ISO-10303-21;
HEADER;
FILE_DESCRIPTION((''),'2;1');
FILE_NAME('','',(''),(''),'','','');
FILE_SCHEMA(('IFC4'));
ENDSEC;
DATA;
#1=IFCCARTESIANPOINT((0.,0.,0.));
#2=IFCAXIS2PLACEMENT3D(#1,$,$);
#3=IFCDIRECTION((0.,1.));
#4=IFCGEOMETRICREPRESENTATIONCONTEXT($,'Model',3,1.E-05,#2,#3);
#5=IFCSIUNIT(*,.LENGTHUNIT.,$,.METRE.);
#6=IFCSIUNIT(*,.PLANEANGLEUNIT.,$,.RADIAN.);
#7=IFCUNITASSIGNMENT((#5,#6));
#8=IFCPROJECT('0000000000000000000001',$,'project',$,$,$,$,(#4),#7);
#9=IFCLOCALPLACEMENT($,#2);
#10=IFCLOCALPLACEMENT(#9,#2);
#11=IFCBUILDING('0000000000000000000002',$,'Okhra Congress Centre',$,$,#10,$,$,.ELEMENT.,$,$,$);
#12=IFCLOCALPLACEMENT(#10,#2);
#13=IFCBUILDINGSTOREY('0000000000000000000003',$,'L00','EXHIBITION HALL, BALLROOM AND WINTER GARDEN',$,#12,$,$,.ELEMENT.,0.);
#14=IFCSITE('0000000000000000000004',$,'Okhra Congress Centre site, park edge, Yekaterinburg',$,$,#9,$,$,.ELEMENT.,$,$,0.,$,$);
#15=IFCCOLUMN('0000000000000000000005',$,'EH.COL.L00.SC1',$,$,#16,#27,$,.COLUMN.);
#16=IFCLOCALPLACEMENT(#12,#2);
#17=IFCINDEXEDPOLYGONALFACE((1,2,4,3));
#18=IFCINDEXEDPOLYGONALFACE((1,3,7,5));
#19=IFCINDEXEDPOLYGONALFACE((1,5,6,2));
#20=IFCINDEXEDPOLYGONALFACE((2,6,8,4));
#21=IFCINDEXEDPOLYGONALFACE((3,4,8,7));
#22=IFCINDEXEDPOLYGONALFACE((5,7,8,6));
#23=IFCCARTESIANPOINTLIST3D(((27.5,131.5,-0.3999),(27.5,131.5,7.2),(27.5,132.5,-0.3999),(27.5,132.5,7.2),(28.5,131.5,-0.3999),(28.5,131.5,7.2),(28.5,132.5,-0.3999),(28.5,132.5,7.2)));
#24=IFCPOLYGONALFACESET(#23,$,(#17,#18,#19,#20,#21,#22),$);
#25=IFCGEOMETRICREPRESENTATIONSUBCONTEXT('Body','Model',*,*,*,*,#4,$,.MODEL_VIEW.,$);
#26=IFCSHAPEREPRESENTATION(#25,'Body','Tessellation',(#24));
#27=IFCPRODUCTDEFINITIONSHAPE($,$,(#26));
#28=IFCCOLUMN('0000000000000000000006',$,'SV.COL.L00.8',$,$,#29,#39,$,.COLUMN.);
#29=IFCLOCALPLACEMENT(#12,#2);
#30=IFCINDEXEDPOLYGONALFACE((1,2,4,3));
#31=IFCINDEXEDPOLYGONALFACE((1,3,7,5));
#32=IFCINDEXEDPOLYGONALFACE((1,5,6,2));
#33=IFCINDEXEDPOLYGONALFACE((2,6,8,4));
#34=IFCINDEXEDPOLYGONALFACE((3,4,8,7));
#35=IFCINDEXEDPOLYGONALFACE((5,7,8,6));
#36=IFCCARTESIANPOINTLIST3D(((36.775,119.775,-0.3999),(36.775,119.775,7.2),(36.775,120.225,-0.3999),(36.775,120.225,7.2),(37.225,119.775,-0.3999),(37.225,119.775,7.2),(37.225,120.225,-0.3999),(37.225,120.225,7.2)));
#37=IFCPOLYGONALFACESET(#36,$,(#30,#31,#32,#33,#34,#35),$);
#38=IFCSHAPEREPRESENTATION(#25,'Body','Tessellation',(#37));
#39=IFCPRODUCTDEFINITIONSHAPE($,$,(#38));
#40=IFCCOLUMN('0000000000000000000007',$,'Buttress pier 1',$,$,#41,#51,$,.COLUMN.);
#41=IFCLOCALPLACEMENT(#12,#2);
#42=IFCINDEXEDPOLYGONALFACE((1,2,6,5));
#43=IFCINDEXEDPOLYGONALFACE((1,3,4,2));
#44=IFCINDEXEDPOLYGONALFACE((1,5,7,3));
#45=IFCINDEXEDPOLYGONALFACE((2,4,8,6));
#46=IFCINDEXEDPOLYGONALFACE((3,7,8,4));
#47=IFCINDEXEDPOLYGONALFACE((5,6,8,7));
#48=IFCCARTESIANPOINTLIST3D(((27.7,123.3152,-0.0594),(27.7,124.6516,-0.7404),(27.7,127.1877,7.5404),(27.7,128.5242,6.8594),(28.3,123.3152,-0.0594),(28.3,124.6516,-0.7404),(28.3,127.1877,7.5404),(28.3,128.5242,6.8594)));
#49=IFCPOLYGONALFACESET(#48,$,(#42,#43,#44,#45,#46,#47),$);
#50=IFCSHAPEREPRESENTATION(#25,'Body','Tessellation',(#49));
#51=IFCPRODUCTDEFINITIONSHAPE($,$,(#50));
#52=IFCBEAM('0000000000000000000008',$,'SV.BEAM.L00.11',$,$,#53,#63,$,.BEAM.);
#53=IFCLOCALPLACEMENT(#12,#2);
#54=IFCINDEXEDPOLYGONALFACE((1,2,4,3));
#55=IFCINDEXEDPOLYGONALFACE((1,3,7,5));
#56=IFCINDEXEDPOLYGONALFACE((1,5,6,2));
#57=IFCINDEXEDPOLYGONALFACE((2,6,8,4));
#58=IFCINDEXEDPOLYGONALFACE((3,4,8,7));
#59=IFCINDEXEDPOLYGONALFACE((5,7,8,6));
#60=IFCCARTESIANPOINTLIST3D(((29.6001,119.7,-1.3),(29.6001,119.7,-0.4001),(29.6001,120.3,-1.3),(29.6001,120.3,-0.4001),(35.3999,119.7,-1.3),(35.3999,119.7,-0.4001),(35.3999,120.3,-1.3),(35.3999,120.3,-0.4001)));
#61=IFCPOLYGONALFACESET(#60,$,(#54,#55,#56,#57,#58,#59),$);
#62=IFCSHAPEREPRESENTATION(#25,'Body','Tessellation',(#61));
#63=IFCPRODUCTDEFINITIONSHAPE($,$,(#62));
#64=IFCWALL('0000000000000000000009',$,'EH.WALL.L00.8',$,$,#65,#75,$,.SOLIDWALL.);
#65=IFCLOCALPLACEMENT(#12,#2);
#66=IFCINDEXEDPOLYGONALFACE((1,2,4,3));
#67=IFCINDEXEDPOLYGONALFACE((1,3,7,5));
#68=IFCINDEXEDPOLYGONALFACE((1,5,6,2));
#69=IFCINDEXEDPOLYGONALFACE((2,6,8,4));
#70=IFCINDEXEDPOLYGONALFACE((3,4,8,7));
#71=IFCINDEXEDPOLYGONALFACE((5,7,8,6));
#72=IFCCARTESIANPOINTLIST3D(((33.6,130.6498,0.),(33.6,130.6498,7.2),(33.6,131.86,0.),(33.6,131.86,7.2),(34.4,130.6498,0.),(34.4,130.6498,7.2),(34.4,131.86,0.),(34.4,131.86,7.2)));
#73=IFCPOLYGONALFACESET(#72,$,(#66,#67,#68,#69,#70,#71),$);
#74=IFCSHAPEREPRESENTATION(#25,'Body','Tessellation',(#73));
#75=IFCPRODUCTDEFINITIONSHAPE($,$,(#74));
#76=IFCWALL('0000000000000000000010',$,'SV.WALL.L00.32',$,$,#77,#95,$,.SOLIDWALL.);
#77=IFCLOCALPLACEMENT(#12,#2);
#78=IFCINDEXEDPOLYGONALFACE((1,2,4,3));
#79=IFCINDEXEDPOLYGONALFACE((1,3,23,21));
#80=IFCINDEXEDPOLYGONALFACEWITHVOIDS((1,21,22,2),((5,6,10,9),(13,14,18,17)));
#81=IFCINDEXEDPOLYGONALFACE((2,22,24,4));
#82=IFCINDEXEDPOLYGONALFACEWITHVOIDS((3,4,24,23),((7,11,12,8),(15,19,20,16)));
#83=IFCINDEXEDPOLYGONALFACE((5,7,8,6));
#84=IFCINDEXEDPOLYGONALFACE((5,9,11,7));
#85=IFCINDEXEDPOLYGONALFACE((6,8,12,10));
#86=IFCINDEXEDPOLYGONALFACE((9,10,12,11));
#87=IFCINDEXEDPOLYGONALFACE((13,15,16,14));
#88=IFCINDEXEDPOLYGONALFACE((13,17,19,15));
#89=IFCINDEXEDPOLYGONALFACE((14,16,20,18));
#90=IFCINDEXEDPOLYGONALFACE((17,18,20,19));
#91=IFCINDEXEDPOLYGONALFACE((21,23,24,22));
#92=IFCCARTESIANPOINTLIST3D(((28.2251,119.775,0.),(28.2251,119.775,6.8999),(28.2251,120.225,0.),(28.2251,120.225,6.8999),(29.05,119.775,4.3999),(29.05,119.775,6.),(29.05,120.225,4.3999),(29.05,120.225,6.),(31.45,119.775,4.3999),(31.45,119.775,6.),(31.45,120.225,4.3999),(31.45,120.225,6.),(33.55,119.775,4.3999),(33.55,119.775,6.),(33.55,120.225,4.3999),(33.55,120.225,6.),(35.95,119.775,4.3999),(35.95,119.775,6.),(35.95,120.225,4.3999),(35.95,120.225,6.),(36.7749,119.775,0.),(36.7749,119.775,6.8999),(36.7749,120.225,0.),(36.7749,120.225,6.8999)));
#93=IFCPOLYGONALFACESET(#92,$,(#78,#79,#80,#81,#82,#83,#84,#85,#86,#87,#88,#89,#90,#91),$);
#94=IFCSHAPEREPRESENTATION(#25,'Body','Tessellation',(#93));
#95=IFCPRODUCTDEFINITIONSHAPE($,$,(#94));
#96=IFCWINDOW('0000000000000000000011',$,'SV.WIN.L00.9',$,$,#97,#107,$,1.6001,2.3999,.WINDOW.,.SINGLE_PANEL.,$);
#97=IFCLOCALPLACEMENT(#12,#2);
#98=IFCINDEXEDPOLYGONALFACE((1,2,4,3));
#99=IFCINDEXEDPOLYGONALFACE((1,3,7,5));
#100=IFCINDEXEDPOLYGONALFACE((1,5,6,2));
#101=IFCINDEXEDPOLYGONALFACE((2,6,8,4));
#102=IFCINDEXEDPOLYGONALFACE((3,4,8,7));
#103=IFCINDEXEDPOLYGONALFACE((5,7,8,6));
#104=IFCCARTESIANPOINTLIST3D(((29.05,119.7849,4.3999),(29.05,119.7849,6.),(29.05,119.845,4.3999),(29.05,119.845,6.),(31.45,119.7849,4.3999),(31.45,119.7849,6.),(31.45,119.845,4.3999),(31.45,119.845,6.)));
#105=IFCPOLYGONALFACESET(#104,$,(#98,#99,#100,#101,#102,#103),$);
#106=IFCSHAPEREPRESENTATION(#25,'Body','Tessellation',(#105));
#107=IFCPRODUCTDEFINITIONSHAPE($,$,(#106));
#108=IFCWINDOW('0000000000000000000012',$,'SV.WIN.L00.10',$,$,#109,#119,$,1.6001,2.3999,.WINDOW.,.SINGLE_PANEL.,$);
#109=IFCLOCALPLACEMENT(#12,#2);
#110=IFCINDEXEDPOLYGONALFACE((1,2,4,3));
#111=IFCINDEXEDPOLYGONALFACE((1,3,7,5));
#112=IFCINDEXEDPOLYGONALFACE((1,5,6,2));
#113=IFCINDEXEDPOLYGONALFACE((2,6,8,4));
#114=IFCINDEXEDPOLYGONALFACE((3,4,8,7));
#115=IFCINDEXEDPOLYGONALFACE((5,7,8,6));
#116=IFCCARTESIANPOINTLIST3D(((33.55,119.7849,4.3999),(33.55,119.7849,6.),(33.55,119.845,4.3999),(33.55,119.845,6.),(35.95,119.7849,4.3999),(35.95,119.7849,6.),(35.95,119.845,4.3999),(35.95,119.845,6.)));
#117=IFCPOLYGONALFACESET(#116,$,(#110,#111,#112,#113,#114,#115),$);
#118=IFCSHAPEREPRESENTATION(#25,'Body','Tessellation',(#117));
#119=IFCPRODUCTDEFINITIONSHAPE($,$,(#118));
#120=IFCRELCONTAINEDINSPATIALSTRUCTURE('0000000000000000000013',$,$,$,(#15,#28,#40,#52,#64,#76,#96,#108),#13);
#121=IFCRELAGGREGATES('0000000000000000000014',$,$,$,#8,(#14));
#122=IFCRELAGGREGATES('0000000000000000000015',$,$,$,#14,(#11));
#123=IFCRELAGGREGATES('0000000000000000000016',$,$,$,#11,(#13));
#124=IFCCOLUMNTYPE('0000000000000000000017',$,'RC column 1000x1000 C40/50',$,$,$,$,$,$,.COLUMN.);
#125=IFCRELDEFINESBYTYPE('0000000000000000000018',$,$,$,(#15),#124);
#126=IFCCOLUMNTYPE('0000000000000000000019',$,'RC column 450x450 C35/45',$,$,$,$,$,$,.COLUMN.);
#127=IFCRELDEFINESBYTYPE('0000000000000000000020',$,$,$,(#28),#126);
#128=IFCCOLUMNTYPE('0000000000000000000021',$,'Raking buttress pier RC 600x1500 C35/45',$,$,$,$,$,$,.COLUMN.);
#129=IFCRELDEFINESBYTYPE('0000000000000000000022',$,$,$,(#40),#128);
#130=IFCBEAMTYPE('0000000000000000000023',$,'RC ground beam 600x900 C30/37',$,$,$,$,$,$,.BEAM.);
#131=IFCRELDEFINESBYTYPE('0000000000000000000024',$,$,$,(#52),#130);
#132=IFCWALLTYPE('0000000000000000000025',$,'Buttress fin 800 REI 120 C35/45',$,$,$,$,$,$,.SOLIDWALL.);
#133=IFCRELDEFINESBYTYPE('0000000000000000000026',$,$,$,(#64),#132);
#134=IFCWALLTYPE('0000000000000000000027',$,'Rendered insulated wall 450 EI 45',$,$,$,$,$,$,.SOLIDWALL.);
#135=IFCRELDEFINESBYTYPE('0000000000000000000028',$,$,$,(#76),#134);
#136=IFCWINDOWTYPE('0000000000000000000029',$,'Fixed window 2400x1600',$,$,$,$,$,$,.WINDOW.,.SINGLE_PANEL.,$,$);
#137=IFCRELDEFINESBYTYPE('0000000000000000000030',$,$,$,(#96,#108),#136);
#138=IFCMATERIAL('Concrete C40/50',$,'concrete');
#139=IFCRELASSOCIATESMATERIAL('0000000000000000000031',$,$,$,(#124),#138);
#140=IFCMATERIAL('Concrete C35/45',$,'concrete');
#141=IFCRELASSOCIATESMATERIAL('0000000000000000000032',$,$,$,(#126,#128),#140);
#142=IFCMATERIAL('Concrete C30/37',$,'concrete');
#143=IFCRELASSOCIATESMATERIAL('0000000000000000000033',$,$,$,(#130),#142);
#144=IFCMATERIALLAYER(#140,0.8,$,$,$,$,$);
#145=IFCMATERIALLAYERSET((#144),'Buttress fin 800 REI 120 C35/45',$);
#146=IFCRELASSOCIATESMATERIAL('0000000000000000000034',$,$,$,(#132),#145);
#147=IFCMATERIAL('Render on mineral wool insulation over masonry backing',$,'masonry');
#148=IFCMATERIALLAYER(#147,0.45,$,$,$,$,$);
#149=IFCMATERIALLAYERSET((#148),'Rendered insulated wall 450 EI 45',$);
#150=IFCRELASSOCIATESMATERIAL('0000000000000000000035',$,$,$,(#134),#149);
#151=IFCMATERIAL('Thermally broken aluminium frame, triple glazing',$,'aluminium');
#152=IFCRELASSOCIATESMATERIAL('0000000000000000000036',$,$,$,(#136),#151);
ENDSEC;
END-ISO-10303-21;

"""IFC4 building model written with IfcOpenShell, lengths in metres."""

from ifc_helpers import new_model, si_unit, direction, frame, frame_2d, origin, origin_2d, place, context, subcontext, project, spatial, rectangle, extrude, material, layer, layer_set, material_profile, profile_set, type_object, element, fill, save


model = new_model("IFC4")

# Units and contexts
model_context = context("Model", 3, precision=1e-05, world=origin(), true_north=direction((0.0, 1.0)))
body_context = subcontext(model_context, "Body", "Model", "MODEL_VIEW")
ifc_project = project(units=[si_unit("LENGTHUNIT", "METRE"), si_unit("PLANEANGLEUNIT", "RADIAN")], contexts=[model_context])

# Site, building, storey
site_placement = place(None, origin())
site = spatial("IfcSite", under=ifc_project, at=site_placement, Name="Okhra Congress Centre site, park edge, Yekaterinburg", CompositionType="ELEMENT", RefElevation=0.0)
building_placement = place(site_placement, origin())
building = spatial("IfcBuilding", under=site, at=building_placement, Name="Okhra Congress Centre", CompositionType="ELEMENT")
storey_placement = place(building_placement, origin())
storey = spatial("IfcBuildingStorey", under=building, at=storey_placement, Name="L00", Description="EXHIBITION HALL, BALLROOM AND WINTER GARDEN", CompositionType="ELEMENT", Elevation=0.0)

# Shared definitions
ifc_material_1 = material(Name="Concrete C30/37", Category="concrete")

# Columns
ifc_material_2 = material(Name="Concrete C40/50", Category="concrete")
ifc_material_profile_1 = material_profile(ifc_material_2, rectangle(XDim=1.0, YDim=1.0, at=origin_2d()), Name="RC 1000x1000")
ifc_profile_set_1 = profile_set([ifc_material_profile_1], Name="Concrete C40/50")
column_type_1 = type_object("IfcColumnType", Name="RC column 1000x1000 C40/50", PredefinedType="COLUMN", material=ifc_profile_set_1)
column_1_placement = place(storey_placement, frame((28.0, 132.0, -0.3999), z_axis=(0.0, 0.0, 1.0), x_axis=(1.0, 0.0, 0.0)))
element("IfcColumn", 1, at=column_1_placement, inside=storey, type_object=column_type_1, Name="EH.COL.L00.SC1", PredefinedType="COLUMN", context=body_context, shape_type="SweptSolid", body=[
    extrude(rectangle(XDim=1.0, YDim=1.0, at=origin_2d()), origin(), (0.0, 0.0, 1.0), 7.5999),
])
ifc_material_3 = material(Name="Concrete C35/45", Category="concrete")
ifc_material_profile_2 = material_profile(ifc_material_3, rectangle(XDim=0.45, YDim=0.45, at=origin_2d()), Name="RC 450x450")
ifc_profile_set_2 = profile_set([ifc_material_profile_2], Name="Concrete C35/45")
column_type_2 = type_object("IfcColumnType", Name="RC column 450x450 C35/45", PredefinedType="COLUMN", material=ifc_profile_set_2)
column_2_placement = place(storey_placement, frame((37.0, 120.0, -0.3999), z_axis=(0.0, 0.0, 1.0), x_axis=(1.0, 0.0, 0.0)))
element("IfcColumn", 2, at=column_2_placement, inside=storey, type_object=column_type_2, Name="SV.COL.L00.8", PredefinedType="COLUMN", context=body_context, shape_type="SweptSolid", body=[
    extrude(rectangle(XDim=0.45, YDim=0.45, at=origin_2d()), origin(), (0.0, 0.0, 1.0), 7.5999),
])
ifc_material_profile_3 = material_profile(ifc_material_3, rectangle(XDim=0.6001, YDim=1.5, at=origin_2d()), Name="RC 600x1500")
ifc_profile_set_3 = profile_set([ifc_material_profile_3], Name="Concrete C35/45")
column_type_3 = type_object("IfcColumnType", Name="Raking buttress pier RC 600x1500 C35/45", PredefinedType="COLUMN", material=ifc_profile_set_3)
column_3_placement = place(storey_placement, frame((28.0, 123.9834, -0.3999), z_axis=(0.0, 0.454013, 0.890995), x_axis=(-1.0, 0.0, 0.0)))
element("IfcColumn", 3, at=column_3_placement, inside=storey, type_object=column_type_3, Name="Buttress pier 1", PredefinedType="COLUMN", context=body_context, shape_type="SweptSolid", body=[
    extrude(rectangle(XDim=0.6001, YDim=1.5, at=origin_2d()), origin(), (0.0, 0.0, 1.0), 8.5295),
])

# Beam
ifc_material_profile_4 = material_profile(ifc_material_1, rectangle(XDim=0.6001, YDim=0.8999, at=origin_2d()), Name="RC 600x900")
ifc_profile_set_4 = profile_set([ifc_material_profile_4], Name="Concrete C30/37")
beam_type = type_object("IfcBeamType", Name="RC ground beam 600x900 C30/37", PredefinedType="BEAM", material=ifc_profile_set_4)
beam_placement = place(storey_placement, frame((29.6001, 120.0, -0.8501), z_axis=(1.0, 0.0, 0.0), x_axis=(0.0, 1.0, 0.0)))
element("IfcBeam", 4, at=beam_placement, inside=storey, type_object=beam_type, Name="SV.BEAM.L00.11", PredefinedType="BEAM", context=body_context, shape_type="SweptSolid", body=[
    extrude(rectangle(XDim=0.6001, YDim=0.8999, at=origin_2d()), origin(), (0.0, 0.0, 1.0), 5.7998),
])

# Wall
ifc_layer_1 = layer(ifc_material_3, 0.8)
ifc_layer_set_1 = layer_set([ifc_layer_1], Name="Buttress fin 800 REI 120 C35/45")
wall_type_1 = type_object("IfcWallType", Name="Buttress fin 800 REI 120 C35/45", PredefinedType="SOLIDWALL", material=ifc_layer_set_1)
wall_1_placement = place(storey_placement, frame((34.0, 130.6499, 0.0), z_axis=(0.0, 0.0, 1.0), x_axis=(0.0, 1.0, 0.0)))
element("IfcWall", 5, at=wall_1_placement, inside=storey, type_object=wall_type_1, Name="EH.WALL.L00.8", PredefinedType="SOLIDWALL", context=body_context, shape_type="SweptSolid", body=[
    extrude(rectangle(XDim=1.2102, YDim=0.8, at=frame_2d((0.605, 0.0))), origin(), (0.0, 0.0, 1.0), 7.2),
])

# Shared definitions
ifc_material_4 = material(Name="Thermally broken aluminium frame, triple glazing", Category="aluminium")

# Wall, openings, windows
ifc_material_5 = material(Name="Render on mineral wool insulation over masonry backing", Category="masonry")
ifc_layer_2 = layer(ifc_material_5, 0.45)
ifc_layer_set_2 = layer_set([ifc_layer_2], Name="Rendered insulated wall 450 EI 45")
wall_type_2 = type_object("IfcWallType", Name="Rendered insulated wall 450 EI 45", PredefinedType="SOLIDWALL", material=ifc_layer_set_2)
wall_2_placement = place(storey_placement, frame((36.7749, 120.0, 0.0), z_axis=(0.0, 0.0, 1.0), x_axis=(-1.0, 0.0, 0.0)))
wall_2 = element("IfcWall", 6, at=wall_2_placement, inside=storey, type_object=wall_type_2, Name="SV.WALL.L00.32", PredefinedType="SOLIDWALL", context=body_context, shape_type="SweptSolid", body=[
    extrude(rectangle(XDim=8.5498, YDim=0.45, at=frame_2d((4.2749, 0.0))), origin(), (0.0, 0.0, 1.0), 6.8999),
])
opening_1_placement = place(wall_2_placement, frame((5.325, 0.0, 4.3999)))
opening_1 = element("IfcOpeningElement", 7, at=opening_1_placement, cuts=wall_2, PredefinedType="OPENING", context=body_context, shape_type="SweptSolid", body=[
    extrude(rectangle(XDim=2.3999, YDim=1.6001, at=frame_2d((1.2, 0.8))), frame((0.0, 0.2349, 0.0), z_axis=(0.0, -1.0, 0.0), x_axis=(1.0, 0.0, 0.0)), (0.0, 0.0, 1.0), 0.47),
])
opening_2_placement = place(wall_2_placement, frame((0.825, 0.0, 4.3999)))
opening_2 = element("IfcOpeningElement", 8, at=opening_2_placement, cuts=wall_2, PredefinedType="OPENING", context=body_context, shape_type="SweptSolid", body=[
    extrude(rectangle(XDim=2.3999, YDim=1.6001, at=frame_2d((1.2, 0.8))), frame((0.0, 0.2349, 0.0), z_axis=(0.0, -1.0, 0.0), x_axis=(1.0, 0.0, 0.0)), (0.0, 0.0, 1.0), 0.47),
])
window_type_1 = type_object("IfcWindowType", Name="Fixed window 2400x1600", PartitioningType="SINGLE_PANEL", PredefinedType="WINDOW", material=ifc_material_4)
window_1_placement = place(opening_1_placement, origin())
window_1 = element("IfcWindow", 9, at=window_1_placement, inside=storey, type_object=window_type_1, Name="SV.WIN.L00.9", OverallHeight=1.6001, OverallWidth=2.3999, PartitioningType="SINGLE_PANEL", PredefinedType="WINDOW", context=body_context, shape_type="SweptSolid", body=[
    extrude(rectangle(XDim=2.3999, YDim=1.6001, at=frame_2d((1.2, 0.8))), frame((0.0, 0.2151, 0.0), z_axis=(0.0, -1.0, 0.0), x_axis=(1.0, 0.0, 0.0)), (0.0, 0.0, 1.0), 0.0601),
])
fill(opening_1, window_1)
window_2_placement = place(opening_2_placement, origin())
window_2 = element("IfcWindow", 10, at=window_2_placement, inside=storey, type_object=window_type_1, Name="SV.WIN.L00.10", OverallHeight=1.6001, OverallWidth=2.3999, PartitioningType="SINGLE_PANEL", PredefinedType="WINDOW", context=body_context, shape_type="SweptSolid", body=[
    extrude(rectangle(XDim=2.3999, YDim=1.6001, at=frame_2d((1.2, 0.8))), frame((0.0, 0.2151, 0.0), z_axis=(0.0, -1.0, 0.0), x_axis=(1.0, 0.0, 0.0)), (0.0, 0.0, 1.0), 0.0601),
])
fill(opening_2, window_2)

save(model, "model.ifc")
